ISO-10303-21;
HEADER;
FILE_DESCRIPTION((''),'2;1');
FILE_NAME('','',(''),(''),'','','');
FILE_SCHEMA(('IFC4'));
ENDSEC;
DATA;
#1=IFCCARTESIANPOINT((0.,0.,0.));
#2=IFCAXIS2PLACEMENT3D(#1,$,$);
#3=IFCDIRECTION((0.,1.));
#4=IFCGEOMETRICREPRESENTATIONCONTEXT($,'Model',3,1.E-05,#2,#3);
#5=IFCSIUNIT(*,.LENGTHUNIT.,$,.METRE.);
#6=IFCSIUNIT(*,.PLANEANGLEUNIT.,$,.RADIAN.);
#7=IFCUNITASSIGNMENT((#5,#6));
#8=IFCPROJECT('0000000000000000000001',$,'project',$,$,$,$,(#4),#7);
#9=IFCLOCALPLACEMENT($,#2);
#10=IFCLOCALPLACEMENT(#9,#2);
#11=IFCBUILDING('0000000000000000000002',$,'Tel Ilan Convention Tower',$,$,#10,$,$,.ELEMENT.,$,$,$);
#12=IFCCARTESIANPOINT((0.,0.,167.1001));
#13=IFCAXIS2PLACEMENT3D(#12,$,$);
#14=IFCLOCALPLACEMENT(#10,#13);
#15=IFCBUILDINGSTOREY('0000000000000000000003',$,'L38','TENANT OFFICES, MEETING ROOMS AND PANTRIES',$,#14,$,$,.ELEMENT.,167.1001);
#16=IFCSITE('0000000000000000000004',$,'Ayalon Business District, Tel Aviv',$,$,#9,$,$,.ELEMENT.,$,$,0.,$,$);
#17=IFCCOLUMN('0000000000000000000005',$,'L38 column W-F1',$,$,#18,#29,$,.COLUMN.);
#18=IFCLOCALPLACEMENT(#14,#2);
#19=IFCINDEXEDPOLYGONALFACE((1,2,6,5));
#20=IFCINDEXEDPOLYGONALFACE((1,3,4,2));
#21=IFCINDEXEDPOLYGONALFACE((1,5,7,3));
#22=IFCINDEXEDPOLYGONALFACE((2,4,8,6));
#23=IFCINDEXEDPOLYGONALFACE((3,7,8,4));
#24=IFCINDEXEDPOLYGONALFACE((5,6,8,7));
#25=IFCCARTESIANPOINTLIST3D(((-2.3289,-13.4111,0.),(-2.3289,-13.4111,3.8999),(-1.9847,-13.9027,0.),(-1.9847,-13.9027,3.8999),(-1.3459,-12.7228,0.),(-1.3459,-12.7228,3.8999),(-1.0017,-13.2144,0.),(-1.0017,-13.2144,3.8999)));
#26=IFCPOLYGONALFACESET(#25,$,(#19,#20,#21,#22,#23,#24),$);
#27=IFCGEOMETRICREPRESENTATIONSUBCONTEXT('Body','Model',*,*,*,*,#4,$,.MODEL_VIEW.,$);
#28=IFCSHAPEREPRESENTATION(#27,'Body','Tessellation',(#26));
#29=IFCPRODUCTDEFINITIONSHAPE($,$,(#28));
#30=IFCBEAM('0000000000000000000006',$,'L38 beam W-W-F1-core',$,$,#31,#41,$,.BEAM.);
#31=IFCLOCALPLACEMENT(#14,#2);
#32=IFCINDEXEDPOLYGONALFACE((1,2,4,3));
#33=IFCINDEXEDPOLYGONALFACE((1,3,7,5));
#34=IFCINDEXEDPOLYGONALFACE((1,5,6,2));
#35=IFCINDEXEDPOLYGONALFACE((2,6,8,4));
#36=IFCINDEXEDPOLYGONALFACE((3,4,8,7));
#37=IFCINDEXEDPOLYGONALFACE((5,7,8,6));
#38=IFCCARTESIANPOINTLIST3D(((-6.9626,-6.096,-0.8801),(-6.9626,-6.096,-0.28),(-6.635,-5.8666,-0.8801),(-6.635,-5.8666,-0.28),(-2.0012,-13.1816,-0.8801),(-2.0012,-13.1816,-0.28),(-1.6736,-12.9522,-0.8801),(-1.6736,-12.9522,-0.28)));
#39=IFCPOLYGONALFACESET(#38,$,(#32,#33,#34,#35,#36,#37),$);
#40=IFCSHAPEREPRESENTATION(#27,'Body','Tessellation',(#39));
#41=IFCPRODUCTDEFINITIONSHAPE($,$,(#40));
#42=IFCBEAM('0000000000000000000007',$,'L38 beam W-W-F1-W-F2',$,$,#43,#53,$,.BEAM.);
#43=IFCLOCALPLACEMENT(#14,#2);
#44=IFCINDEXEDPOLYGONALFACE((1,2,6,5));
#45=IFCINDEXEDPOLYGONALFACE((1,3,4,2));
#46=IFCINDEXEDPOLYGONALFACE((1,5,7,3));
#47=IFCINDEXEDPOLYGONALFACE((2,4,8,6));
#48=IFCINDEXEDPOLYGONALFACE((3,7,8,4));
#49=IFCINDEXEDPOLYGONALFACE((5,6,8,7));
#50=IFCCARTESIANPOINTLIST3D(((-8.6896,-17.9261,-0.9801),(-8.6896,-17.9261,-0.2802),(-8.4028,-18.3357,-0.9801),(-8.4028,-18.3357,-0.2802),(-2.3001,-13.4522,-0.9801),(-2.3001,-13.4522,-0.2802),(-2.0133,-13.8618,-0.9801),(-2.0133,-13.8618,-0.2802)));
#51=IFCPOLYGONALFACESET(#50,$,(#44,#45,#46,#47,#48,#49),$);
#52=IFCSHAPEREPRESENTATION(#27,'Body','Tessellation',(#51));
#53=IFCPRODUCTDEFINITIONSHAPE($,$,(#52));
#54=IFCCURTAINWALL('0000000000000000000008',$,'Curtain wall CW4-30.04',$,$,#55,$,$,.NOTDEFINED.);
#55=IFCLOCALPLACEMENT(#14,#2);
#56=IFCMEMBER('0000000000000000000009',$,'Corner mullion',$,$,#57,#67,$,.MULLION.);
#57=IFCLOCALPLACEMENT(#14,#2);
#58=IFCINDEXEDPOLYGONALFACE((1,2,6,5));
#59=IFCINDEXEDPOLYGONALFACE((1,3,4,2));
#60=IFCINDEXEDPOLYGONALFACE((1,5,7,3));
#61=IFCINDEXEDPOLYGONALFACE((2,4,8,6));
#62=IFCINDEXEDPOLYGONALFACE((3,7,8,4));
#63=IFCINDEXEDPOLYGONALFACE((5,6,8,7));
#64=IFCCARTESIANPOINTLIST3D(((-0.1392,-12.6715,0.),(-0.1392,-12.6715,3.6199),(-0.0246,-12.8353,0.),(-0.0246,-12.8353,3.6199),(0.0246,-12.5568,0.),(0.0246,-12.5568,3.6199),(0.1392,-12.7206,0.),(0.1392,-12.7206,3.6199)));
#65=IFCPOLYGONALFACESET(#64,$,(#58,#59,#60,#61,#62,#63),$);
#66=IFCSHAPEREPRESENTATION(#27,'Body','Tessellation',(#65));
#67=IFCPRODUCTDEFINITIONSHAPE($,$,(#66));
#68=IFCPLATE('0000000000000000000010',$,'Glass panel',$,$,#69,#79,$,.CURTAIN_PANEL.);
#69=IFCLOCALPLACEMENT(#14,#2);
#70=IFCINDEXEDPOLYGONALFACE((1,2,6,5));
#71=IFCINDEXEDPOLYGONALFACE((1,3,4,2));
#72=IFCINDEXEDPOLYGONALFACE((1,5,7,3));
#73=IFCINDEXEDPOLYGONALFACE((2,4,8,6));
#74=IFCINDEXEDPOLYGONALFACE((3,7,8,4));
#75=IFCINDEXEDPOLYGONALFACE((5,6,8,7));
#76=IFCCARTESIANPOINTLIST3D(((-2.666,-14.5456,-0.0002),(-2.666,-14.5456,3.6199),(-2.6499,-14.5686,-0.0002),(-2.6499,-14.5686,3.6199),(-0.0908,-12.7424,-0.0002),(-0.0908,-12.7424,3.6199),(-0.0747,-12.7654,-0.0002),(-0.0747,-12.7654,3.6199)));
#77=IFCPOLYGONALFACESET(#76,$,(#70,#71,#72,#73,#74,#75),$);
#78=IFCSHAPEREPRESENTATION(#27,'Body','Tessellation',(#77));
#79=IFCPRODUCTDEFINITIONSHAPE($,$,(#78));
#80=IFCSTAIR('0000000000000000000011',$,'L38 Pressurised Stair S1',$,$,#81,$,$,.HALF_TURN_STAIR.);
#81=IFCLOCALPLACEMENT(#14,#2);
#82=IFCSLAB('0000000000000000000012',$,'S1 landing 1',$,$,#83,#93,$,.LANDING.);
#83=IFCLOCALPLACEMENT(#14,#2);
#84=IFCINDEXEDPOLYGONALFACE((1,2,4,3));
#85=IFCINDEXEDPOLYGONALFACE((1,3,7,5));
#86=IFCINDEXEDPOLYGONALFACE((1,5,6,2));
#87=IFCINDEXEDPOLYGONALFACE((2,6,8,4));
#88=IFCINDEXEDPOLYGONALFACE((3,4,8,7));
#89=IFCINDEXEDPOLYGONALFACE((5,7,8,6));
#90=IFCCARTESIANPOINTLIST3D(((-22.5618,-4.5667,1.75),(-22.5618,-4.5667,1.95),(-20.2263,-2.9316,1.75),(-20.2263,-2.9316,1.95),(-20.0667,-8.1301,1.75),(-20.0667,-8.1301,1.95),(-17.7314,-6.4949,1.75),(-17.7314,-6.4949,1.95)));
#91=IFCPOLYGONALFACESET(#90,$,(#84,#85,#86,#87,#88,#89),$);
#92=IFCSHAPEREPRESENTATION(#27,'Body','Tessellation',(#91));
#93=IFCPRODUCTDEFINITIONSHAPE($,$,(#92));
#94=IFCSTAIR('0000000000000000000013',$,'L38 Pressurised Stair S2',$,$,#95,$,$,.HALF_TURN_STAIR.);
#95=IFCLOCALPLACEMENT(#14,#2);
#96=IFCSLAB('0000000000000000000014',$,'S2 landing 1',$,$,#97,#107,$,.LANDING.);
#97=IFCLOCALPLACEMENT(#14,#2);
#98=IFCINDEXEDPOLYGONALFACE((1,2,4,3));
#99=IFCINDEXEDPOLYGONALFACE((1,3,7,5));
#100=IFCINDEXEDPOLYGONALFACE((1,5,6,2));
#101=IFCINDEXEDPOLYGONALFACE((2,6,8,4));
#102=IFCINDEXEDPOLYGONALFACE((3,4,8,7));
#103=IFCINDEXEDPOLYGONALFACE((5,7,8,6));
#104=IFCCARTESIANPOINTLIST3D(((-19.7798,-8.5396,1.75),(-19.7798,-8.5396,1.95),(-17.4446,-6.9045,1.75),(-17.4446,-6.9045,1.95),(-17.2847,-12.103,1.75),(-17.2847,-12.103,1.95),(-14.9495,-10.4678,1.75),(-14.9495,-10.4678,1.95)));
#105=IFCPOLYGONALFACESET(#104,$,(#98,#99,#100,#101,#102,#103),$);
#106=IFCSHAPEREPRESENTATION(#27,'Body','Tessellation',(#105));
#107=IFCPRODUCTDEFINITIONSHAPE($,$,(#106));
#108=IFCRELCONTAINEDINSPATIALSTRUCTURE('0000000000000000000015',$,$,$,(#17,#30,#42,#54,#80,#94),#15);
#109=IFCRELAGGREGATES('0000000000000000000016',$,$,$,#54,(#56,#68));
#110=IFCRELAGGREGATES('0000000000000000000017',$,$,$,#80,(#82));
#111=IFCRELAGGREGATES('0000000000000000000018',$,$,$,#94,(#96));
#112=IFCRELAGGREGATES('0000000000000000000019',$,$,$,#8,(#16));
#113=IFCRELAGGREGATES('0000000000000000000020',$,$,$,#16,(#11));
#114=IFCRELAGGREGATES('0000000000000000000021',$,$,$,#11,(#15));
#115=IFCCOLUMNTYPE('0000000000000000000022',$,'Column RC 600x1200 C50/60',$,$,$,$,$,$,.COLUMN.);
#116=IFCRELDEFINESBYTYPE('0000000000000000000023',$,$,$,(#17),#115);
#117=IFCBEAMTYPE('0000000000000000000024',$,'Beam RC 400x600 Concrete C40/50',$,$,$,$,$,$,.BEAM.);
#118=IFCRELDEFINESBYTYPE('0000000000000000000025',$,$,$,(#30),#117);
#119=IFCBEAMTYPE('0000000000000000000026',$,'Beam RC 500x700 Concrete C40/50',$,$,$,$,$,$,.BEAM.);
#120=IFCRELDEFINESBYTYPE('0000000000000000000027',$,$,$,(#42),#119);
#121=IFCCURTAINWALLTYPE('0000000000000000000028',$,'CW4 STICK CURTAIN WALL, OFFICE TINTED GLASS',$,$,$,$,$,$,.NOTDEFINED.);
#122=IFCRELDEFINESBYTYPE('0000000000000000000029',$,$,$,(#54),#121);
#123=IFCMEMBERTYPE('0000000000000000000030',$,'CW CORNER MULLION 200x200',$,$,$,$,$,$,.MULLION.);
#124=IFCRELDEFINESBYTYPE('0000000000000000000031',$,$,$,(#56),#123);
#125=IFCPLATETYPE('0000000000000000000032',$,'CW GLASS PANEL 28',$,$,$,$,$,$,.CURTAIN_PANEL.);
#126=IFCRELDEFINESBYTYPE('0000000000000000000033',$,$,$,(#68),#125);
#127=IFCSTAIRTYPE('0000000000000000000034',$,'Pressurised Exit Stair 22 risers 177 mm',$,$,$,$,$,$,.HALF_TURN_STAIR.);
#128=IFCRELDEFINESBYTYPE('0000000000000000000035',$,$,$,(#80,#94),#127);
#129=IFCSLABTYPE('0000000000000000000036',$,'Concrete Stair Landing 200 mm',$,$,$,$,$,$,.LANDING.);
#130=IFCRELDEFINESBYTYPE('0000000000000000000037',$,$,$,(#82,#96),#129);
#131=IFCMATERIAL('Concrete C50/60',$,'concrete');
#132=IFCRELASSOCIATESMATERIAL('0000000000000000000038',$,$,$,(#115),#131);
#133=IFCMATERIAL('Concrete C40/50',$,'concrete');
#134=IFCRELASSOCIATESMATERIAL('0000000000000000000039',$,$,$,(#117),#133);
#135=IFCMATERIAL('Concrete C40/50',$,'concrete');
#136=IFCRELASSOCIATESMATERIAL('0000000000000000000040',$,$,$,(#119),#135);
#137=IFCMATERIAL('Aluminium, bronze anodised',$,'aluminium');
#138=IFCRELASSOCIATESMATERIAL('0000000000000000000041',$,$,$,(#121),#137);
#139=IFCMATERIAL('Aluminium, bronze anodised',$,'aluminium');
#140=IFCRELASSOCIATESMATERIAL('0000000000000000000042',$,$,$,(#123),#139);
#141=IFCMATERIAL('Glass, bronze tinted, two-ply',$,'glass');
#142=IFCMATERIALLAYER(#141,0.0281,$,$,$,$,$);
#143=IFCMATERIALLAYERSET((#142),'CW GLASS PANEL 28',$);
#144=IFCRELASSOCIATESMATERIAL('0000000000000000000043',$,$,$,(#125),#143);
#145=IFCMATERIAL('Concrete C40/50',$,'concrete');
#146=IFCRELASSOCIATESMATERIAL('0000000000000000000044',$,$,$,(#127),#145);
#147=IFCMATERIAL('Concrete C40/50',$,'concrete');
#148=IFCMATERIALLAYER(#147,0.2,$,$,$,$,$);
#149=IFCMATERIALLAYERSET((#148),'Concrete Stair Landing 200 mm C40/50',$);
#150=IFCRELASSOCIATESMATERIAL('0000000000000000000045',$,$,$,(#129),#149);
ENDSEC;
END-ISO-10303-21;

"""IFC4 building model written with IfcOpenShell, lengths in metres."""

from ifc_helpers import new_model, si_unit, direction, frame, origin, origin_2d, place, context, subcontext, project, spatial, polyline, rectangle, outline, extrude, material, layer, layer_set, material_profile, profile_set, type_object, element, aggregate, save


model = new_model("IFC4")

# Units and contexts
model_context = context("Model", 3, precision=1e-05, world=origin(), true_north=direction((0.0, 1.0)))
body_context = subcontext(model_context, "Body", "Model", "MODEL_VIEW")
ifc_project = project(units=[si_unit("LENGTHUNIT", "METRE"), si_unit("PLANEANGLEUNIT", "RADIAN")], contexts=[model_context])

# Site, building, storey
site_placement = place(None, origin())
site = spatial("IfcSite", under=ifc_project, at=site_placement, Name="Ayalon Business District, Tel Aviv", CompositionType="ELEMENT", RefElevation=0.0)
building_placement = place(site_placement, origin())
building = spatial("IfcBuilding", under=site, at=building_placement, Name="Tel Ilan Convention Tower", CompositionType="ELEMENT")
storey_placement = place(building_placement, frame((0.0, 0.0, 167.1001)))
storey = spatial("IfcBuildingStorey", under=building, at=storey_placement, Name="L38", Description="TENANT OFFICES, MEETING ROOMS AND PANTRIES", CompositionType="ELEMENT", Elevation=167.1001)

# Column
ifc_material_1 = material(Name="Concrete C50/60", Category="concrete")
ifc_material_profile_1 = material_profile(ifc_material_1, rectangle(XDim=1.2, YDim=0.6001, at=origin_2d()), Name="RC 600x1200")
ifc_profile_set_1 = profile_set([ifc_material_profile_1], Name="Concrete C50/60")
column_type = type_object("IfcColumnType", Name="Column RC 600x1200 C50/60", PredefinedType="COLUMN", material=ifc_profile_set_1)
column_placement = place(storey_placement, frame((-1.6653, -13.3127, 0.0), z_axis=(0.0, 0.0, 1.0), x_axis=(-0.819152, -0.573576, 0.0)))
element("IfcColumn", 1, at=column_placement, inside=storey, type_object=column_type, Name="L38 column W-F1", PredefinedType="COLUMN", context=body_context, shape_type="SweptSolid", body=[
    extrude(rectangle(XDim=1.2, YDim=0.6001, at=origin_2d()), origin(), (0.0, 0.0, 1.0), 3.8999),
])

# Beams
ifc_material_2 = material(Name="Concrete C40/50", Category="concrete")
ifc_material_profile_2 = material_profile(ifc_material_2, rectangle(XDim=0.3999, YDim=0.6001, at=origin_2d()), Name="RC 400x600")
ifc_profile_set_2 = profile_set([ifc_material_profile_2], Name="Concrete C40/50")
beam_type_1 = type_object("IfcBeamType", Name="Beam RC 400x600 Concrete C40/50", PredefinedType="BEAM", material=ifc_profile_set_2)
beam_1_placement = place(storey_placement, frame((-1.8374, -13.0669, -0.5801), z_axis=(-0.573574, 0.819154, 0.0), x_axis=(-0.819154, -0.573574, 0.0)))
element("IfcBeam", 2, at=beam_1_placement, inside=storey, type_object=beam_type_1, Name="L38 beam W-W-F1-core", PredefinedType="BEAM", context=body_context, shape_type="SweptSolid", body=[
    extrude(rectangle(XDim=0.3999, YDim=0.6001, at=origin_2d()), origin(), (0.0, 0.0, 1.0), 8.6499),
])
ifc_material_3 = material(Name="Concrete C40/50", Category="concrete")
ifc_material_profile_3 = material_profile(ifc_material_3, rectangle(XDim=0.5, YDim=0.7, at=origin_2d()), Name="RC 500x700")
ifc_profile_set_3 = profile_set([ifc_material_profile_3], Name="Concrete C40/50")
beam_type_2 = type_object("IfcBeamType", Name="Beam RC 500x700 Concrete C40/50", PredefinedType="BEAM", material=ifc_profile_set_3)
beam_2_placement = place(storey_placement, frame((-2.1567, -13.657, -0.6301), z_axis=(-0.819154, -0.573574, 0.0), x_axis=(0.573574, -0.819154, 0.0)))
element("IfcBeam", 3, at=beam_2_placement, inside=storey, type_object=beam_type_2, Name="L38 beam W-W-F1-W-F2", PredefinedType="BEAM", context=body_context, shape_type="SweptSolid", body=[
    extrude(rectangle(XDim=0.5, YDim=0.7, at=origin_2d()), origin(), (0.0, 0.0, 1.0), 7.8),
])

# Curtain wall, member, plate
ifc_material_4 = material(Name="Aluminium, bronze anodised", Category="aluminium")
curtain_wall_type = type_object("IfcCurtainWallType", Name="CW4 STICK CURTAIN WALL, OFFICE TINTED GLASS", PredefinedType="NOTDEFINED", material=ifc_material_4)
curtain_wall_placement = place(storey_placement, origin())
curtain_wall = element("IfcCurtainWall", 4, at=curtain_wall_placement, inside=storey, type_object=curtain_wall_type, Name="Curtain wall CW4-30.04", PredefinedType="NOTDEFINED")
ifc_material_5 = material(Name="Aluminium, bronze anodised", Category="aluminium")
ifc_material_profile_4 = material_profile(ifc_material_5, rectangle(XDim=0.2, YDim=0.2, at=origin_2d()), Name="CW CORNER MULLION 200x200")
ifc_profile_set_4 = profile_set([ifc_material_profile_4], Name="Aluminium, bronze anodised")
member_type = type_object("IfcMemberType", Name="CW CORNER MULLION 200x200", PredefinedType="MULLION", material=ifc_profile_set_4)
member_placement = place(storey_placement, frame((0.0, -12.696, 0.0), z_axis=(0.0, 0.0, 1.0), x_axis=(0.819152, 0.573576, 0.0)))
member = element("IfcMember", 5, at=member_placement, type_object=member_type, Name="Corner mullion", PredefinedType="MULLION", context=body_context, shape_type="SweptSolid", body=[
    extrude(rectangle(XDim=0.2, YDim=0.2, at=origin_2d()), origin(), (0.0, 0.0, 1.0), 3.6199),
])
ifc_material_6 = material(Name="Glass, bronze tinted, two-ply", Category="glass")
ifc_layer_1 = layer(ifc_material_6, 0.0281)
ifc_layer_set_1 = layer_set([ifc_layer_1], Name="CW GLASS PANEL 28")
plate_type = type_object("IfcPlateType", Name="CW GLASS PANEL 28", PredefinedType="CURTAIN_PANEL", material=ifc_layer_set_1)
plate_placement = place(storey_placement, frame((-1.3704, -13.6555, -0.0002), z_axis=(0.0, 0.0, 1.0), x_axis=(0.819152, 0.573576, 0.0)))
plate = element("IfcPlate", 6, at=plate_placement, type_object=plate_type, Name="Glass panel", PredefinedType="CURTAIN_PANEL", context=body_context, shape_type="SweptSolid", body=[
    extrude(rectangle(XDim=3.1438, YDim=0.0281, at=origin_2d()), origin(), (0.0, 0.0, 1.0), 3.6201),
])
aggregate(curtain_wall, [member, plate])

# Stairs, slabs
ifc_material_7 = material(Name="Concrete C40/50", Category="concrete")
stair_type = type_object("IfcStairType", Name="Pressurised Exit Stair 22 risers 177 mm", PredefinedType="HALF_TURN_STAIR", material=ifc_material_7)
stair_1_placement = place(storey_placement, origin())
stair_1 = element("IfcStair", 7, at=stair_1_placement, inside=storey, type_object=stair_type, Name="L38 Pressurised Stair S1", PredefinedType="HALF_TURN_STAIR")
ifc_material_8 = material(Name="Concrete C40/50", Category="concrete")
ifc_layer_2 = layer(ifc_material_8, 0.2)
ifc_layer_set_2 = layer_set([ifc_layer_2], Name="Concrete Stair Landing 200 mm C40/50")
slab_type_1 = type_object("IfcSlabType", Name="Concrete Stair Landing 200 mm", PredefinedType="LANDING", material=ifc_layer_set_2)
slab_1_placement = place(storey_placement, frame((0.0, 0.0, 1.75)))
slab_1 = element("IfcSlab", 8, at=slab_1_placement, type_object=slab_type_1, Name="S1 landing 1", PredefinedType="LANDING", context=body_context, shape_type="SweptSolid", body=[
    extrude(outline(polyline([(-20.0667, -8.1301), (-17.7314, -6.4949), (-20.2263, -2.9316), (-22.5618, -4.5667), (-20.0667, -8.1301)])), origin(), (0.0, 0.0, 1.0), 0.2),
])
aggregate(stair_1, [slab_1])
stair_2_placement = place(storey_placement, origin())
stair_2 = element("IfcStair", 9, at=stair_2_placement, inside=storey, type_object=stair_type, Name="L38 Pressurised Stair S2", PredefinedType="HALF_TURN_STAIR")
slab_2_placement = place(storey_placement, frame((0.0, 0.0, 1.75)))
slab_2 = element("IfcSlab", 10, at=slab_2_placement, type_object=slab_type_1, Name="S2 landing 1", PredefinedType="LANDING", context=body_context, shape_type="SweptSolid", body=[
    extrude(outline(polyline([(-17.2847, -12.103), (-14.9495, -10.4678), (-17.4446, -6.9045), (-19.7798, -8.5396), (-17.2847, -12.103)])), origin(), (0.0, 0.0, 1.0), 0.2),
])
aggregate(stair_2, [slab_2])

save(model, "model.ifc")
